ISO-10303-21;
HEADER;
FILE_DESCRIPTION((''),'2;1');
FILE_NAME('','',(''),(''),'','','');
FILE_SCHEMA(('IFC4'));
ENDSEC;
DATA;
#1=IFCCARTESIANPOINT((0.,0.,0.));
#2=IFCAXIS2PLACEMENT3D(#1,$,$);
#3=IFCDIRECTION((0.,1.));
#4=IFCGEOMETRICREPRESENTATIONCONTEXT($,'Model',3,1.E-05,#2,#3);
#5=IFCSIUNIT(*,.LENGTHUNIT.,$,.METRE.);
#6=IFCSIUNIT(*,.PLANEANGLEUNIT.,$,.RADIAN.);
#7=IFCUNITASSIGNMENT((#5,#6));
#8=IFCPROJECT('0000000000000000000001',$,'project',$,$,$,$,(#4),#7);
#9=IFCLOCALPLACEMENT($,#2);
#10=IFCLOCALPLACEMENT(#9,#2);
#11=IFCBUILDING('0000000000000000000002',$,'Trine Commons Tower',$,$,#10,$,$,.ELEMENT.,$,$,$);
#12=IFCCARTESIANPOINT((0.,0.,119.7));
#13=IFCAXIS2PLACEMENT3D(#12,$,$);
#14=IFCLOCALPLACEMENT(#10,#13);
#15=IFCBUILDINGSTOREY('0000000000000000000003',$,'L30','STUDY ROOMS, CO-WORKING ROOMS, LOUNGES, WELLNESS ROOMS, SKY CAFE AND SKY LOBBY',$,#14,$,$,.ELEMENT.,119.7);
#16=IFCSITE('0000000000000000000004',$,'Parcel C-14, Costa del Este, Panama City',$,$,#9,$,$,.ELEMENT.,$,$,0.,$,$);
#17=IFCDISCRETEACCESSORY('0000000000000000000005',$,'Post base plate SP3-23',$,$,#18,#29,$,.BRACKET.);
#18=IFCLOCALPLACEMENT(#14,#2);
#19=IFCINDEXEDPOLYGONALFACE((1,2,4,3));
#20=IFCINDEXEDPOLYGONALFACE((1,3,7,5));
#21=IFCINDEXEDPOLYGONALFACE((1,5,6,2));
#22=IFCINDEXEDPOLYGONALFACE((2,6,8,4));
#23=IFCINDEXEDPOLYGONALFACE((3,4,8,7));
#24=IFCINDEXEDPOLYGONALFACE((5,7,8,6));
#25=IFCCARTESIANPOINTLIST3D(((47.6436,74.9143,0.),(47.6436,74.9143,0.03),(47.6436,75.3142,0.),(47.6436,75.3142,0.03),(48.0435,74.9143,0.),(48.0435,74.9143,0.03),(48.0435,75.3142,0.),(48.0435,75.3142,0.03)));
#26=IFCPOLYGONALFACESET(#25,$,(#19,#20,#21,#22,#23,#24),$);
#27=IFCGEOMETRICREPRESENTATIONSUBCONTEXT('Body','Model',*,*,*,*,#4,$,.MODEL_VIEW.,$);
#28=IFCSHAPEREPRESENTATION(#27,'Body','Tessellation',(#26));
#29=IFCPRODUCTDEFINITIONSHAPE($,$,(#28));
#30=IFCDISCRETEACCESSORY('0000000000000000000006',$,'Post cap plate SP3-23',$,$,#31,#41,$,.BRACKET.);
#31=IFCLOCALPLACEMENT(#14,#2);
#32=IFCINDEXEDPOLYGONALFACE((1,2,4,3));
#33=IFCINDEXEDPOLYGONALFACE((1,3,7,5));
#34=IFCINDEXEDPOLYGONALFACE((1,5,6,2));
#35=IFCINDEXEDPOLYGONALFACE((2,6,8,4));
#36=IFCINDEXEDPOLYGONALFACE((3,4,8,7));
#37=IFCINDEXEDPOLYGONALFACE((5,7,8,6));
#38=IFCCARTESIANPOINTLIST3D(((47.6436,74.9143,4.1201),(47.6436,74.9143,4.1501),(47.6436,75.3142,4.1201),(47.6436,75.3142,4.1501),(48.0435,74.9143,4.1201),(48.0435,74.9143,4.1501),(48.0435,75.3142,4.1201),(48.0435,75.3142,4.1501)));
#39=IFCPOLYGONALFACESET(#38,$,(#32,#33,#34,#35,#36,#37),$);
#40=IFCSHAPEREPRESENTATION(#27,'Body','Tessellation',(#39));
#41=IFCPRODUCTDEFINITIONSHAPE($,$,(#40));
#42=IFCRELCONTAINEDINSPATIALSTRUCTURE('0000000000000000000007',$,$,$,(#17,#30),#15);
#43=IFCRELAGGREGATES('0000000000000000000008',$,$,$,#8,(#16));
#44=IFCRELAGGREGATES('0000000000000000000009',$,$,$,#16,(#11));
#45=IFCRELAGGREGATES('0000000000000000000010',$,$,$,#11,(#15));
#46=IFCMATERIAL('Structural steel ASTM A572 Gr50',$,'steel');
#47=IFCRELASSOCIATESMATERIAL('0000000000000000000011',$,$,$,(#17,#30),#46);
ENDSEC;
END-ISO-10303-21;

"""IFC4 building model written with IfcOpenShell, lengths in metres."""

from ifc_helpers import new_model, si_unit, direction, frame, origin, origin_2d, place, context, subcontext, project, spatial, rectangle, extrude, material, element, save


model = new_model("IFC4")

# Units and contexts
model_context = context("Model", 3, precision=1e-05, world=origin(), true_north=direction((0.0, 1.0)))
body_context = subcontext(model_context, "Body", "Model", "MODEL_VIEW")
ifc_project = project(units=[si_unit("LENGTHUNIT", "METRE"), si_unit("PLANEANGLEUNIT", "RADIAN")], contexts=[model_context])

# Site, building, storey
site_placement = place(None, origin())
site = spatial("IfcSite", under=ifc_project, at=site_placement, Name="Parcel C-14, Costa del Este, Panama City", CompositionType="ELEMENT", RefElevation=0.0)
building_placement = place(site_placement, origin())
building = spatial("IfcBuilding", under=site, at=building_placement, Name="Trine Commons Tower", CompositionType="ELEMENT")
storey_placement = place(building_placement, frame((0.0, 0.0, 119.7)))
storey = spatial("IfcBuildingStorey", under=building, at=storey_placement, Name="L30", Description="STUDY ROOMS, CO-WORKING ROOMS, LOUNGES, WELLNESS ROOMS, SKY CAFE AND SKY LOBBY", CompositionType="ELEMENT", Elevation=119.7)

# Discrete accessories
ifc_material_1 = material(Name="Structural steel ASTM A572 Gr50", Category="steel")
for number, where, z_axis, x_axis, name in (
    (1, (47.8435, 75.1143, 0.0), (0.0, 0.0, 1.0), (1.0, 0.0, 0.0), "Post base plate SP3-23"),
    (2, (47.8435, 75.1143, 4.1201), (0.0, 0.0, 1.0), (1.0, 0.0, 0.0), "Post cap plate SP3-23"),
):
    element("IfcDiscreteAccessory", number, at=place(storey_placement, frame(where, z_axis=z_axis, x_axis=x_axis)), inside=storey, material=ifc_material_1, Name=name, PredefinedType="BRACKET", context=body_context, shape_type="SweptSolid", body=[
        extrude(rectangle(XDim=0.3999, YDim=0.3999, at=origin_2d()), origin(), (0.0, 0.0, 1.0), 0.03),
    ])

save(model, "model.ifc")
